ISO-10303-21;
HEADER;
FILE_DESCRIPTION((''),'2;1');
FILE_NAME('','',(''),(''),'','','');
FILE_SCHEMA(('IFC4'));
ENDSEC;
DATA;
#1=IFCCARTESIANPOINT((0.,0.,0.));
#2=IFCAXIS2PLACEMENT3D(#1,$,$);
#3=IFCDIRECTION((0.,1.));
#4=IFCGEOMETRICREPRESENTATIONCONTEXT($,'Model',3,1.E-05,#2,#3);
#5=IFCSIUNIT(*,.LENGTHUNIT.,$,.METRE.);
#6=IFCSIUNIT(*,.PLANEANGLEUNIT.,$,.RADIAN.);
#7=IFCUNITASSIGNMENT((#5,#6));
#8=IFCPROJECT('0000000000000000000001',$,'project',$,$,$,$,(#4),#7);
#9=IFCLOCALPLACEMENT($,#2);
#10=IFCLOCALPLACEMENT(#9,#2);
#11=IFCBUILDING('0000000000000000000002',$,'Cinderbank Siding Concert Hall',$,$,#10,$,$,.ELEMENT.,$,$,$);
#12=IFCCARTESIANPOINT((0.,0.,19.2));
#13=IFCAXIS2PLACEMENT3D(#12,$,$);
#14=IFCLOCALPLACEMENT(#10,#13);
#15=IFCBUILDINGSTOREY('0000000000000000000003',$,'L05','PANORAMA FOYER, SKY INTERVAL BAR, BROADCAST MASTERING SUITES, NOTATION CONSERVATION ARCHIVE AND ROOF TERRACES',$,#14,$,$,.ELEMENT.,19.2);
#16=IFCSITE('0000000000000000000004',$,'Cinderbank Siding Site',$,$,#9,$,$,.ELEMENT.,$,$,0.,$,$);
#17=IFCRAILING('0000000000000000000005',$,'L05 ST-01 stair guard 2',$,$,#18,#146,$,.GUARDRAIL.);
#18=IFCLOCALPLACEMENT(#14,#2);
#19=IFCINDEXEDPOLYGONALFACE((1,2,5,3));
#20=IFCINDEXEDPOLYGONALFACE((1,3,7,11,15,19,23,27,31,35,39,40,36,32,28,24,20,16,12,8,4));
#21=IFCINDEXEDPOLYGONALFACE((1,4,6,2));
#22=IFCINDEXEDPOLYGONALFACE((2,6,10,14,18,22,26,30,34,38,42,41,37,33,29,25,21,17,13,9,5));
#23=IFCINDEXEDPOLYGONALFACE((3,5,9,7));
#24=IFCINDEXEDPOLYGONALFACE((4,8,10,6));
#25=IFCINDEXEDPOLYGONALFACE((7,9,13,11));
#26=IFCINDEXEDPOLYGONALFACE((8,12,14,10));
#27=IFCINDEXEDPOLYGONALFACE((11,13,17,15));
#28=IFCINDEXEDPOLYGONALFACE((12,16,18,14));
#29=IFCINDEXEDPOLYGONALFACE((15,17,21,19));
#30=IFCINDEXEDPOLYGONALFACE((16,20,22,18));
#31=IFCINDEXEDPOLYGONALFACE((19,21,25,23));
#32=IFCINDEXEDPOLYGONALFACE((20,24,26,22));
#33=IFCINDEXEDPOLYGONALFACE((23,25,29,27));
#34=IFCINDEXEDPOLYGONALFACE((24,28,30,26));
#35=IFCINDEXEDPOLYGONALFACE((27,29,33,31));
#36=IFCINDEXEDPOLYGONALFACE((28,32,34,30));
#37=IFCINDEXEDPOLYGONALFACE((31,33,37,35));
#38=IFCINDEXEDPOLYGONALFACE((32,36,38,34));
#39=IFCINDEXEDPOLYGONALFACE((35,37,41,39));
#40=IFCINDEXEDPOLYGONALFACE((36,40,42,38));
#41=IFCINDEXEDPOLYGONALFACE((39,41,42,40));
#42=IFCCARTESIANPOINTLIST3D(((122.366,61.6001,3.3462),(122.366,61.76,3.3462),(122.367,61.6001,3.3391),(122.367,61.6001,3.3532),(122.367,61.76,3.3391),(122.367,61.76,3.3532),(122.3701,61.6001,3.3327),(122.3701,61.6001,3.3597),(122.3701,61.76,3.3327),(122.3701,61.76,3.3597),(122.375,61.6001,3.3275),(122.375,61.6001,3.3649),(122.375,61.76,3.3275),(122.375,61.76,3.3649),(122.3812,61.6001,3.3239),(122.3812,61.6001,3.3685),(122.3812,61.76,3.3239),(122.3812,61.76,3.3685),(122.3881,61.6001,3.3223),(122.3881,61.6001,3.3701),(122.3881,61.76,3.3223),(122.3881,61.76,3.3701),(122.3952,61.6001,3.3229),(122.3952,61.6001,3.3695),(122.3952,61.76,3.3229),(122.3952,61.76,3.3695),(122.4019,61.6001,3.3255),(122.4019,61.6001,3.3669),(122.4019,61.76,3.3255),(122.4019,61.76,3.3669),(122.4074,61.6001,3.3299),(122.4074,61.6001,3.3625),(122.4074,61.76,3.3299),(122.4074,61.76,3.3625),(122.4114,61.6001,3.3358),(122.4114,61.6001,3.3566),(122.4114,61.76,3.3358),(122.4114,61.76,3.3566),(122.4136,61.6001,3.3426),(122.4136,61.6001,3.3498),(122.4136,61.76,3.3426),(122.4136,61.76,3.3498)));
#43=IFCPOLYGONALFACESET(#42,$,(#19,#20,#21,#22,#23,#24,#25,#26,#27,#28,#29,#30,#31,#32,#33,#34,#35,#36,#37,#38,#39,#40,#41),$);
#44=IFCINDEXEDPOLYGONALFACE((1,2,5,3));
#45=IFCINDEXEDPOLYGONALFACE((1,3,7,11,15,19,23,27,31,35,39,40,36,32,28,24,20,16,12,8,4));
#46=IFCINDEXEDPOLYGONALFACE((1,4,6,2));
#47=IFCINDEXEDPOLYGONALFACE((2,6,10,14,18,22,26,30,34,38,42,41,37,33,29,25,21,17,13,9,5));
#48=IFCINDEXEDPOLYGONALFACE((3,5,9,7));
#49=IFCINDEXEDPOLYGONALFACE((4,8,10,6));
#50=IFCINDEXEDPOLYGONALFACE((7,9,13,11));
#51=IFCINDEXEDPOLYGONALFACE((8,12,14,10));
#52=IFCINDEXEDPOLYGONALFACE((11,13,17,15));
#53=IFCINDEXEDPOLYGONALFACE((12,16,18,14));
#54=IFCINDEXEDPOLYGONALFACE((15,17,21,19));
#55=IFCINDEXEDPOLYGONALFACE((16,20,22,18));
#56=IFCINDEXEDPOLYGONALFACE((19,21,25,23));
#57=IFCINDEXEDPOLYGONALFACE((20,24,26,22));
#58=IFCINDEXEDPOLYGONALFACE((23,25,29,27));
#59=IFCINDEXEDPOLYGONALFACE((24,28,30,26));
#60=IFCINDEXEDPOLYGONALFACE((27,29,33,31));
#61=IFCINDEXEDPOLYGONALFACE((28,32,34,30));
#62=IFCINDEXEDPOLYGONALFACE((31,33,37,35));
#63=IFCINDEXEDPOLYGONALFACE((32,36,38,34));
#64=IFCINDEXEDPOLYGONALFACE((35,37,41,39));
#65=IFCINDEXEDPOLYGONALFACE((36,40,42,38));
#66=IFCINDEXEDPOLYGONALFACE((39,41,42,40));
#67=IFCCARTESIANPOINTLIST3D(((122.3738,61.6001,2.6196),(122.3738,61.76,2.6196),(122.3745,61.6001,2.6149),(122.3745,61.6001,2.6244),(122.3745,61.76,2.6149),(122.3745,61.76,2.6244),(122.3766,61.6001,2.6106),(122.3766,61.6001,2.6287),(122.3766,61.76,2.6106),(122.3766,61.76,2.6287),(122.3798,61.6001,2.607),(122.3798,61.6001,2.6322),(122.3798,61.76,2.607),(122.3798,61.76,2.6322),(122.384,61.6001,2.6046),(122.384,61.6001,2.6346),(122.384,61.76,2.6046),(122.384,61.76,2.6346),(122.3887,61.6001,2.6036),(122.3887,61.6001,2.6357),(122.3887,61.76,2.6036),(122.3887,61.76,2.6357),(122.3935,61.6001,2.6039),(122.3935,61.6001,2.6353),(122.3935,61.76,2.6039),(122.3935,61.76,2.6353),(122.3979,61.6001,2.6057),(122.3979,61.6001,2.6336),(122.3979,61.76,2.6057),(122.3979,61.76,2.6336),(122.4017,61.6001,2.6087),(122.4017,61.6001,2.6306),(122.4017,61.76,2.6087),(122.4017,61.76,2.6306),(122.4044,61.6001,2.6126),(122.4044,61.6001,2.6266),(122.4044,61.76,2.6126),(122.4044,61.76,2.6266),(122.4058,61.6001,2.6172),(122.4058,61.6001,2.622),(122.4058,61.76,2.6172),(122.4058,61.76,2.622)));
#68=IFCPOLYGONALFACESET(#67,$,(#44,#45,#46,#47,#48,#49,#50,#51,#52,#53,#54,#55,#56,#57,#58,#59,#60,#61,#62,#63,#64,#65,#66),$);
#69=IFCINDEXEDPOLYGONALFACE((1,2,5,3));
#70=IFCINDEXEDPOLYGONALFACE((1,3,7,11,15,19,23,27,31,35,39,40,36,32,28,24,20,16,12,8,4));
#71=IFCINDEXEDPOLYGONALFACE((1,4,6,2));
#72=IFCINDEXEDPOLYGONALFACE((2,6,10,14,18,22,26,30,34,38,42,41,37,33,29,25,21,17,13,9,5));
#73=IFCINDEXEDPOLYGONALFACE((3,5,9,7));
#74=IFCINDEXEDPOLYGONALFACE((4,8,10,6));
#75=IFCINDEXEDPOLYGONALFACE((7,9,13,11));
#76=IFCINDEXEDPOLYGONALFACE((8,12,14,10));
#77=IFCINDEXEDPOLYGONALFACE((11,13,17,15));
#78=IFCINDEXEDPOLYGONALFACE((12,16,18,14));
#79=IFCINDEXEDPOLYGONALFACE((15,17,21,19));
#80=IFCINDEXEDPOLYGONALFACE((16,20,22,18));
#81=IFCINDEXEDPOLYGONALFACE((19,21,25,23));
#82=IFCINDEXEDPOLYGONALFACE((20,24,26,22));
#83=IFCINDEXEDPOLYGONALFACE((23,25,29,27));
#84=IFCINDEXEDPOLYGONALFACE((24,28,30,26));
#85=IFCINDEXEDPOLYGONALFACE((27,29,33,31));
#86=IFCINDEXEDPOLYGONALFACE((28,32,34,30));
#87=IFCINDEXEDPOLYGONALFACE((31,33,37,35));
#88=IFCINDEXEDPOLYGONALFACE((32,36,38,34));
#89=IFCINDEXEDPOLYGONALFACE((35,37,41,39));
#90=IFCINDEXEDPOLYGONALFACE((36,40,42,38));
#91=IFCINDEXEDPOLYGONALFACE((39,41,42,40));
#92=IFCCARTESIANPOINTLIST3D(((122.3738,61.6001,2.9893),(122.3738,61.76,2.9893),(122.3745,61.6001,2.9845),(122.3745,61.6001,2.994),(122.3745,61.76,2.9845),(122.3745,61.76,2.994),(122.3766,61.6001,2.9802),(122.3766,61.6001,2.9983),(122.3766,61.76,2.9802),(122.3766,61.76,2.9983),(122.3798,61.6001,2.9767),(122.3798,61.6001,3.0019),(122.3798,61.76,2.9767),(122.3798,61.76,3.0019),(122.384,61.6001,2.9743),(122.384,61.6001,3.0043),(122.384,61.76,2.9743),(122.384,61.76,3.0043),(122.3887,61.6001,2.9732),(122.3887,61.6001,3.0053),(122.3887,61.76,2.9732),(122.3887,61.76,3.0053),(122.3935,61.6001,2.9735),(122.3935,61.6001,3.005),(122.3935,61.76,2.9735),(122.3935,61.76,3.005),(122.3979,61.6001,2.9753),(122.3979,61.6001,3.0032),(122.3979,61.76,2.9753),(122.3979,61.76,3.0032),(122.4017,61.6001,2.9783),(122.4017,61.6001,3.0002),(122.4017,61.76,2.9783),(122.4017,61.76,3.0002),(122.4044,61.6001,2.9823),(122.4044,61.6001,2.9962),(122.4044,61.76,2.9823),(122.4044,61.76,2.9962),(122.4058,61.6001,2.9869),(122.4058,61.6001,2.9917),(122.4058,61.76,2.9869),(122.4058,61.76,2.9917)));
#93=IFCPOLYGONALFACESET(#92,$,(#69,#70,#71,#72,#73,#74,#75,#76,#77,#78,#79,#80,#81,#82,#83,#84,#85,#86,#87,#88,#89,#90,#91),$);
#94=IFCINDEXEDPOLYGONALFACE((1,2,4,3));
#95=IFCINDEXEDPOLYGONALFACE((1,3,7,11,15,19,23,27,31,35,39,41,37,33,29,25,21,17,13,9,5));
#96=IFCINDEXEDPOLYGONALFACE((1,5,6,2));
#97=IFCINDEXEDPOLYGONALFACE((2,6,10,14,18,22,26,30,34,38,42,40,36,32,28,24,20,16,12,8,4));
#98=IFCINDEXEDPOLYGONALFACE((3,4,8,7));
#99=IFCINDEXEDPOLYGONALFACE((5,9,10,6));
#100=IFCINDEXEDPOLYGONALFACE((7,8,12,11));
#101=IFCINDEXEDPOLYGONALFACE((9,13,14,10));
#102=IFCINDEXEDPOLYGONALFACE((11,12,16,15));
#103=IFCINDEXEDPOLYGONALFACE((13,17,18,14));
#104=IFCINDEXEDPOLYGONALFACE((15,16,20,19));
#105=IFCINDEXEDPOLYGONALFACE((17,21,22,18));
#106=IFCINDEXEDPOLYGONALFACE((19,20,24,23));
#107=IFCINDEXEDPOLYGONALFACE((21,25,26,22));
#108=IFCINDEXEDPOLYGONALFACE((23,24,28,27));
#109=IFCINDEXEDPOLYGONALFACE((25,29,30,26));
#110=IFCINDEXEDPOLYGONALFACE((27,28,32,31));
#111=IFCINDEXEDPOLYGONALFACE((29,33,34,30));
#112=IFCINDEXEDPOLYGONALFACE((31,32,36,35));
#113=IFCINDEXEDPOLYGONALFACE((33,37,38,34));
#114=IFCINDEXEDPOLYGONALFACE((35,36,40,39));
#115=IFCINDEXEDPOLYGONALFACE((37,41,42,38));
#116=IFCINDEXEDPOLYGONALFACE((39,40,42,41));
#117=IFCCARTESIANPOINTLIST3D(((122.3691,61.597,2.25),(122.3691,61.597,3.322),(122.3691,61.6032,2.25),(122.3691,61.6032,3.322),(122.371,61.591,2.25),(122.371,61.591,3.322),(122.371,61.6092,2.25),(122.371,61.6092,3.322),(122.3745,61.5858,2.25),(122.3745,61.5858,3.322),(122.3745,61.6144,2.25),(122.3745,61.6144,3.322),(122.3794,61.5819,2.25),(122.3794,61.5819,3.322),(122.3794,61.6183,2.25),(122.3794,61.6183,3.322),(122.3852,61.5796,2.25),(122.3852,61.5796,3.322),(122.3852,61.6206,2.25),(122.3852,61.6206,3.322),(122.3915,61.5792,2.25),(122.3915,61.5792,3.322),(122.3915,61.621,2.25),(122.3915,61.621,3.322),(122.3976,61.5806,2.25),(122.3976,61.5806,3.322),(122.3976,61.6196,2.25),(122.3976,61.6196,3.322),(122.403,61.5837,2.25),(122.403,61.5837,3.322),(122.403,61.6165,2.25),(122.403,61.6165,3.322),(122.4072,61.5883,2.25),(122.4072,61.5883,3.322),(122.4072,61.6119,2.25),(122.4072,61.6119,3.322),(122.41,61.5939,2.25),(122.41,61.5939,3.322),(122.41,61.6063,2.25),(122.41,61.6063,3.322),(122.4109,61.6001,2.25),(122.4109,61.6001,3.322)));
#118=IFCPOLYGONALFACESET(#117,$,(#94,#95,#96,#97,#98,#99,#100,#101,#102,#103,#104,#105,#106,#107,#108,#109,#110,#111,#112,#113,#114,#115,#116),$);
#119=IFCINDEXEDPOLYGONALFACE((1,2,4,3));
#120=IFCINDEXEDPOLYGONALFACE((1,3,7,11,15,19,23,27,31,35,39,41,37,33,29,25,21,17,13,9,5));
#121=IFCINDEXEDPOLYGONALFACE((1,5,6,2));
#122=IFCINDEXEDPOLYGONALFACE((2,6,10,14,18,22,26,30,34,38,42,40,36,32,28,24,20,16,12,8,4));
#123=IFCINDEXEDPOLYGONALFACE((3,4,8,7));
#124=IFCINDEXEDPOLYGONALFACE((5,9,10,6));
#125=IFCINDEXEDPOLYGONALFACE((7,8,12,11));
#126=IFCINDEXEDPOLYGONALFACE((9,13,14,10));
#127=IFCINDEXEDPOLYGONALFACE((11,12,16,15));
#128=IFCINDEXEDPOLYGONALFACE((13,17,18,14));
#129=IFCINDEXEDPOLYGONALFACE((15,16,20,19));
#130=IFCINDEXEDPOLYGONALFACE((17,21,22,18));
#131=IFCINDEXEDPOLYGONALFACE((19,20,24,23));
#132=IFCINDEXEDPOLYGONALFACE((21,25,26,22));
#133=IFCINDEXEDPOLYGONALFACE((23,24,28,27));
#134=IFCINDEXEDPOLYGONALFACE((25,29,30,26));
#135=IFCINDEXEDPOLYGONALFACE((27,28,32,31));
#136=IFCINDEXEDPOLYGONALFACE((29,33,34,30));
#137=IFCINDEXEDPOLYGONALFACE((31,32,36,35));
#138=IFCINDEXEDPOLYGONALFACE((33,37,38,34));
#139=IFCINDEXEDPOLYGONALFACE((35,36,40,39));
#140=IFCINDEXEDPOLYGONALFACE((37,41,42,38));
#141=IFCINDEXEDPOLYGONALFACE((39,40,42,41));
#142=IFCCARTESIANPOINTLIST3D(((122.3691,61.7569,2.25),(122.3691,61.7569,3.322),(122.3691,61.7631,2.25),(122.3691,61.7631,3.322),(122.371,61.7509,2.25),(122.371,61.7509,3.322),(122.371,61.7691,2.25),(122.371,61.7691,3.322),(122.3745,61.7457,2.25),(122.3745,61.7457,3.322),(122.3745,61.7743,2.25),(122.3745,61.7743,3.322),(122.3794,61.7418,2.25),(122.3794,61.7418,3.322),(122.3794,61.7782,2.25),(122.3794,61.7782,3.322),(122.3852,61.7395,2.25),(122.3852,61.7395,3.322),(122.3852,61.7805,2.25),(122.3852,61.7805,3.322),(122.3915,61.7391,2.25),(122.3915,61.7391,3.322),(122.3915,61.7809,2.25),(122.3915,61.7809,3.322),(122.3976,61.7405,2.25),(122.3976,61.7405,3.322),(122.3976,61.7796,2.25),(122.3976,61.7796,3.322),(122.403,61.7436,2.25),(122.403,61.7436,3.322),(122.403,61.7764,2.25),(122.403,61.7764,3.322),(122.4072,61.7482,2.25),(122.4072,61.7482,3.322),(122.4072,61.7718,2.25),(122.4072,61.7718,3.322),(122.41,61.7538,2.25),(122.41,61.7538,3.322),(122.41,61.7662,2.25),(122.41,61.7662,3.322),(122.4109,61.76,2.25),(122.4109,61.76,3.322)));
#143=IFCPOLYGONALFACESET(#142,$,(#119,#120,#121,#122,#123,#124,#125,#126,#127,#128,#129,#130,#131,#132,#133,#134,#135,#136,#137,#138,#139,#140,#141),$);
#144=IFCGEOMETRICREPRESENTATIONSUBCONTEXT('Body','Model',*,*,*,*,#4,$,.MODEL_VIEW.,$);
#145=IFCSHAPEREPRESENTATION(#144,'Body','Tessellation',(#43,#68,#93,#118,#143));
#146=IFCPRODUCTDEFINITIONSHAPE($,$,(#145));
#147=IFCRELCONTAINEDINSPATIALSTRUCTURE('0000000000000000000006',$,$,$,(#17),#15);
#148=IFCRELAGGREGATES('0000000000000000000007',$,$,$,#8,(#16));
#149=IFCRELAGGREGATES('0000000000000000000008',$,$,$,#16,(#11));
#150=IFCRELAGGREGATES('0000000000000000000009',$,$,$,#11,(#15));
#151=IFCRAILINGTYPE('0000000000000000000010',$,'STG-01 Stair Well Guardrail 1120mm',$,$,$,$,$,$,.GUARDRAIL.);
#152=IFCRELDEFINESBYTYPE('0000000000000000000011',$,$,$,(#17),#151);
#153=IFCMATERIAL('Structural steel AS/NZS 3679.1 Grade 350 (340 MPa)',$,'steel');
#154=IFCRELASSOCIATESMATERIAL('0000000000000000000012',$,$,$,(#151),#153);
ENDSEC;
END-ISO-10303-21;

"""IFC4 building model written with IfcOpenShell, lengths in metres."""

from ifc_helpers import new_model, si_unit, direction, frame, origin, origin_2d, place, context, subcontext, project, spatial, circle, extrude, material, type_object, element, save


model = new_model("IFC4")

# Units and contexts
model_context = context("Model", 3, precision=1e-05, world=origin(), true_north=direction((0.0, 1.0)))
body_context = subcontext(model_context, "Body", "Model", "MODEL_VIEW")
ifc_project = project(units=[si_unit("LENGTHUNIT", "METRE"), si_unit("PLANEANGLEUNIT", "RADIAN")], contexts=[model_context])

# Site, building, storey
site_placement = place(None, origin())
site = spatial("IfcSite", under=ifc_project, at=site_placement, Name="Cinderbank Siding Site", CompositionType="ELEMENT", RefElevation=0.0)
building_placement = place(site_placement, origin())
building = spatial("IfcBuilding", under=site, at=building_placement, Name="Cinderbank Siding Concert Hall", CompositionType="ELEMENT")
storey_placement = place(building_placement, frame((0.0, 0.0, 19.2)))
storey = spatial("IfcBuildingStorey", under=building, at=storey_placement, Name="L05", Description="PANORAMA FOYER, SKY INTERVAL BAR, BROADCAST MASTERING SUITES, NOTATION CONSERVATION ARCHIVE AND ROOF TERRACES", CompositionType="ELEMENT", Elevation=19.2)

# Railing
ifc_material_1 = material(Name="Structural steel AS/NZS 3679.1 Grade 350 (340 MPa)", Category="steel")
railing_type_1 = type_object("IfcRailingType", Name="STG-01 Stair Well Guardrail 1120mm", PredefinedType="GUARDRAIL", material=ifc_material_1)
railing_1_placement = place(storey_placement, frame((122.3899, 61.6001, 2.25)))
element("IfcRailing", 1, at=railing_1_placement, inside=storey, type_object=railing_type_1, Name="L05 ST-01 stair guard 2", PredefinedType="GUARDRAIL", context=body_context, shape_type="SweptSolid", body=[
    extrude(circle(Radius=0.0239, at=origin_2d()), frame((0.0, 0.0, 1.0962), z_axis=(0.0, 1.0, 0.0), x_axis=(-1.0, 0.0, 0.0)), (0.0, 0.0, 1.0), 0.1599),
    extrude(circle(Radius=0.0161, at=origin_2d()), frame((0.0, 0.0, 0.3696), z_axis=(0.0, 1.0, 0.0), x_axis=(-1.0, 0.0, 0.0)), (0.0, 0.0, 1.0), 0.1599),
    extrude(circle(Radius=0.0161, at=origin_2d()), frame((0.0, 0.0, 0.7393), z_axis=(0.0, 1.0, 0.0), x_axis=(-1.0, 0.0, 0.0)), (0.0, 0.0, 1.0), 0.1599),
    extrude(circle(Radius=0.021, at=origin_2d()), origin(), (0.0, 0.0, 1.0), 1.072),
    extrude(circle(Radius=0.021, at=origin_2d()), frame((0.0, 0.1599, 0.0)), (0.0, 0.0, 1.0), 1.072),
])

save(model, "model.ifc")
